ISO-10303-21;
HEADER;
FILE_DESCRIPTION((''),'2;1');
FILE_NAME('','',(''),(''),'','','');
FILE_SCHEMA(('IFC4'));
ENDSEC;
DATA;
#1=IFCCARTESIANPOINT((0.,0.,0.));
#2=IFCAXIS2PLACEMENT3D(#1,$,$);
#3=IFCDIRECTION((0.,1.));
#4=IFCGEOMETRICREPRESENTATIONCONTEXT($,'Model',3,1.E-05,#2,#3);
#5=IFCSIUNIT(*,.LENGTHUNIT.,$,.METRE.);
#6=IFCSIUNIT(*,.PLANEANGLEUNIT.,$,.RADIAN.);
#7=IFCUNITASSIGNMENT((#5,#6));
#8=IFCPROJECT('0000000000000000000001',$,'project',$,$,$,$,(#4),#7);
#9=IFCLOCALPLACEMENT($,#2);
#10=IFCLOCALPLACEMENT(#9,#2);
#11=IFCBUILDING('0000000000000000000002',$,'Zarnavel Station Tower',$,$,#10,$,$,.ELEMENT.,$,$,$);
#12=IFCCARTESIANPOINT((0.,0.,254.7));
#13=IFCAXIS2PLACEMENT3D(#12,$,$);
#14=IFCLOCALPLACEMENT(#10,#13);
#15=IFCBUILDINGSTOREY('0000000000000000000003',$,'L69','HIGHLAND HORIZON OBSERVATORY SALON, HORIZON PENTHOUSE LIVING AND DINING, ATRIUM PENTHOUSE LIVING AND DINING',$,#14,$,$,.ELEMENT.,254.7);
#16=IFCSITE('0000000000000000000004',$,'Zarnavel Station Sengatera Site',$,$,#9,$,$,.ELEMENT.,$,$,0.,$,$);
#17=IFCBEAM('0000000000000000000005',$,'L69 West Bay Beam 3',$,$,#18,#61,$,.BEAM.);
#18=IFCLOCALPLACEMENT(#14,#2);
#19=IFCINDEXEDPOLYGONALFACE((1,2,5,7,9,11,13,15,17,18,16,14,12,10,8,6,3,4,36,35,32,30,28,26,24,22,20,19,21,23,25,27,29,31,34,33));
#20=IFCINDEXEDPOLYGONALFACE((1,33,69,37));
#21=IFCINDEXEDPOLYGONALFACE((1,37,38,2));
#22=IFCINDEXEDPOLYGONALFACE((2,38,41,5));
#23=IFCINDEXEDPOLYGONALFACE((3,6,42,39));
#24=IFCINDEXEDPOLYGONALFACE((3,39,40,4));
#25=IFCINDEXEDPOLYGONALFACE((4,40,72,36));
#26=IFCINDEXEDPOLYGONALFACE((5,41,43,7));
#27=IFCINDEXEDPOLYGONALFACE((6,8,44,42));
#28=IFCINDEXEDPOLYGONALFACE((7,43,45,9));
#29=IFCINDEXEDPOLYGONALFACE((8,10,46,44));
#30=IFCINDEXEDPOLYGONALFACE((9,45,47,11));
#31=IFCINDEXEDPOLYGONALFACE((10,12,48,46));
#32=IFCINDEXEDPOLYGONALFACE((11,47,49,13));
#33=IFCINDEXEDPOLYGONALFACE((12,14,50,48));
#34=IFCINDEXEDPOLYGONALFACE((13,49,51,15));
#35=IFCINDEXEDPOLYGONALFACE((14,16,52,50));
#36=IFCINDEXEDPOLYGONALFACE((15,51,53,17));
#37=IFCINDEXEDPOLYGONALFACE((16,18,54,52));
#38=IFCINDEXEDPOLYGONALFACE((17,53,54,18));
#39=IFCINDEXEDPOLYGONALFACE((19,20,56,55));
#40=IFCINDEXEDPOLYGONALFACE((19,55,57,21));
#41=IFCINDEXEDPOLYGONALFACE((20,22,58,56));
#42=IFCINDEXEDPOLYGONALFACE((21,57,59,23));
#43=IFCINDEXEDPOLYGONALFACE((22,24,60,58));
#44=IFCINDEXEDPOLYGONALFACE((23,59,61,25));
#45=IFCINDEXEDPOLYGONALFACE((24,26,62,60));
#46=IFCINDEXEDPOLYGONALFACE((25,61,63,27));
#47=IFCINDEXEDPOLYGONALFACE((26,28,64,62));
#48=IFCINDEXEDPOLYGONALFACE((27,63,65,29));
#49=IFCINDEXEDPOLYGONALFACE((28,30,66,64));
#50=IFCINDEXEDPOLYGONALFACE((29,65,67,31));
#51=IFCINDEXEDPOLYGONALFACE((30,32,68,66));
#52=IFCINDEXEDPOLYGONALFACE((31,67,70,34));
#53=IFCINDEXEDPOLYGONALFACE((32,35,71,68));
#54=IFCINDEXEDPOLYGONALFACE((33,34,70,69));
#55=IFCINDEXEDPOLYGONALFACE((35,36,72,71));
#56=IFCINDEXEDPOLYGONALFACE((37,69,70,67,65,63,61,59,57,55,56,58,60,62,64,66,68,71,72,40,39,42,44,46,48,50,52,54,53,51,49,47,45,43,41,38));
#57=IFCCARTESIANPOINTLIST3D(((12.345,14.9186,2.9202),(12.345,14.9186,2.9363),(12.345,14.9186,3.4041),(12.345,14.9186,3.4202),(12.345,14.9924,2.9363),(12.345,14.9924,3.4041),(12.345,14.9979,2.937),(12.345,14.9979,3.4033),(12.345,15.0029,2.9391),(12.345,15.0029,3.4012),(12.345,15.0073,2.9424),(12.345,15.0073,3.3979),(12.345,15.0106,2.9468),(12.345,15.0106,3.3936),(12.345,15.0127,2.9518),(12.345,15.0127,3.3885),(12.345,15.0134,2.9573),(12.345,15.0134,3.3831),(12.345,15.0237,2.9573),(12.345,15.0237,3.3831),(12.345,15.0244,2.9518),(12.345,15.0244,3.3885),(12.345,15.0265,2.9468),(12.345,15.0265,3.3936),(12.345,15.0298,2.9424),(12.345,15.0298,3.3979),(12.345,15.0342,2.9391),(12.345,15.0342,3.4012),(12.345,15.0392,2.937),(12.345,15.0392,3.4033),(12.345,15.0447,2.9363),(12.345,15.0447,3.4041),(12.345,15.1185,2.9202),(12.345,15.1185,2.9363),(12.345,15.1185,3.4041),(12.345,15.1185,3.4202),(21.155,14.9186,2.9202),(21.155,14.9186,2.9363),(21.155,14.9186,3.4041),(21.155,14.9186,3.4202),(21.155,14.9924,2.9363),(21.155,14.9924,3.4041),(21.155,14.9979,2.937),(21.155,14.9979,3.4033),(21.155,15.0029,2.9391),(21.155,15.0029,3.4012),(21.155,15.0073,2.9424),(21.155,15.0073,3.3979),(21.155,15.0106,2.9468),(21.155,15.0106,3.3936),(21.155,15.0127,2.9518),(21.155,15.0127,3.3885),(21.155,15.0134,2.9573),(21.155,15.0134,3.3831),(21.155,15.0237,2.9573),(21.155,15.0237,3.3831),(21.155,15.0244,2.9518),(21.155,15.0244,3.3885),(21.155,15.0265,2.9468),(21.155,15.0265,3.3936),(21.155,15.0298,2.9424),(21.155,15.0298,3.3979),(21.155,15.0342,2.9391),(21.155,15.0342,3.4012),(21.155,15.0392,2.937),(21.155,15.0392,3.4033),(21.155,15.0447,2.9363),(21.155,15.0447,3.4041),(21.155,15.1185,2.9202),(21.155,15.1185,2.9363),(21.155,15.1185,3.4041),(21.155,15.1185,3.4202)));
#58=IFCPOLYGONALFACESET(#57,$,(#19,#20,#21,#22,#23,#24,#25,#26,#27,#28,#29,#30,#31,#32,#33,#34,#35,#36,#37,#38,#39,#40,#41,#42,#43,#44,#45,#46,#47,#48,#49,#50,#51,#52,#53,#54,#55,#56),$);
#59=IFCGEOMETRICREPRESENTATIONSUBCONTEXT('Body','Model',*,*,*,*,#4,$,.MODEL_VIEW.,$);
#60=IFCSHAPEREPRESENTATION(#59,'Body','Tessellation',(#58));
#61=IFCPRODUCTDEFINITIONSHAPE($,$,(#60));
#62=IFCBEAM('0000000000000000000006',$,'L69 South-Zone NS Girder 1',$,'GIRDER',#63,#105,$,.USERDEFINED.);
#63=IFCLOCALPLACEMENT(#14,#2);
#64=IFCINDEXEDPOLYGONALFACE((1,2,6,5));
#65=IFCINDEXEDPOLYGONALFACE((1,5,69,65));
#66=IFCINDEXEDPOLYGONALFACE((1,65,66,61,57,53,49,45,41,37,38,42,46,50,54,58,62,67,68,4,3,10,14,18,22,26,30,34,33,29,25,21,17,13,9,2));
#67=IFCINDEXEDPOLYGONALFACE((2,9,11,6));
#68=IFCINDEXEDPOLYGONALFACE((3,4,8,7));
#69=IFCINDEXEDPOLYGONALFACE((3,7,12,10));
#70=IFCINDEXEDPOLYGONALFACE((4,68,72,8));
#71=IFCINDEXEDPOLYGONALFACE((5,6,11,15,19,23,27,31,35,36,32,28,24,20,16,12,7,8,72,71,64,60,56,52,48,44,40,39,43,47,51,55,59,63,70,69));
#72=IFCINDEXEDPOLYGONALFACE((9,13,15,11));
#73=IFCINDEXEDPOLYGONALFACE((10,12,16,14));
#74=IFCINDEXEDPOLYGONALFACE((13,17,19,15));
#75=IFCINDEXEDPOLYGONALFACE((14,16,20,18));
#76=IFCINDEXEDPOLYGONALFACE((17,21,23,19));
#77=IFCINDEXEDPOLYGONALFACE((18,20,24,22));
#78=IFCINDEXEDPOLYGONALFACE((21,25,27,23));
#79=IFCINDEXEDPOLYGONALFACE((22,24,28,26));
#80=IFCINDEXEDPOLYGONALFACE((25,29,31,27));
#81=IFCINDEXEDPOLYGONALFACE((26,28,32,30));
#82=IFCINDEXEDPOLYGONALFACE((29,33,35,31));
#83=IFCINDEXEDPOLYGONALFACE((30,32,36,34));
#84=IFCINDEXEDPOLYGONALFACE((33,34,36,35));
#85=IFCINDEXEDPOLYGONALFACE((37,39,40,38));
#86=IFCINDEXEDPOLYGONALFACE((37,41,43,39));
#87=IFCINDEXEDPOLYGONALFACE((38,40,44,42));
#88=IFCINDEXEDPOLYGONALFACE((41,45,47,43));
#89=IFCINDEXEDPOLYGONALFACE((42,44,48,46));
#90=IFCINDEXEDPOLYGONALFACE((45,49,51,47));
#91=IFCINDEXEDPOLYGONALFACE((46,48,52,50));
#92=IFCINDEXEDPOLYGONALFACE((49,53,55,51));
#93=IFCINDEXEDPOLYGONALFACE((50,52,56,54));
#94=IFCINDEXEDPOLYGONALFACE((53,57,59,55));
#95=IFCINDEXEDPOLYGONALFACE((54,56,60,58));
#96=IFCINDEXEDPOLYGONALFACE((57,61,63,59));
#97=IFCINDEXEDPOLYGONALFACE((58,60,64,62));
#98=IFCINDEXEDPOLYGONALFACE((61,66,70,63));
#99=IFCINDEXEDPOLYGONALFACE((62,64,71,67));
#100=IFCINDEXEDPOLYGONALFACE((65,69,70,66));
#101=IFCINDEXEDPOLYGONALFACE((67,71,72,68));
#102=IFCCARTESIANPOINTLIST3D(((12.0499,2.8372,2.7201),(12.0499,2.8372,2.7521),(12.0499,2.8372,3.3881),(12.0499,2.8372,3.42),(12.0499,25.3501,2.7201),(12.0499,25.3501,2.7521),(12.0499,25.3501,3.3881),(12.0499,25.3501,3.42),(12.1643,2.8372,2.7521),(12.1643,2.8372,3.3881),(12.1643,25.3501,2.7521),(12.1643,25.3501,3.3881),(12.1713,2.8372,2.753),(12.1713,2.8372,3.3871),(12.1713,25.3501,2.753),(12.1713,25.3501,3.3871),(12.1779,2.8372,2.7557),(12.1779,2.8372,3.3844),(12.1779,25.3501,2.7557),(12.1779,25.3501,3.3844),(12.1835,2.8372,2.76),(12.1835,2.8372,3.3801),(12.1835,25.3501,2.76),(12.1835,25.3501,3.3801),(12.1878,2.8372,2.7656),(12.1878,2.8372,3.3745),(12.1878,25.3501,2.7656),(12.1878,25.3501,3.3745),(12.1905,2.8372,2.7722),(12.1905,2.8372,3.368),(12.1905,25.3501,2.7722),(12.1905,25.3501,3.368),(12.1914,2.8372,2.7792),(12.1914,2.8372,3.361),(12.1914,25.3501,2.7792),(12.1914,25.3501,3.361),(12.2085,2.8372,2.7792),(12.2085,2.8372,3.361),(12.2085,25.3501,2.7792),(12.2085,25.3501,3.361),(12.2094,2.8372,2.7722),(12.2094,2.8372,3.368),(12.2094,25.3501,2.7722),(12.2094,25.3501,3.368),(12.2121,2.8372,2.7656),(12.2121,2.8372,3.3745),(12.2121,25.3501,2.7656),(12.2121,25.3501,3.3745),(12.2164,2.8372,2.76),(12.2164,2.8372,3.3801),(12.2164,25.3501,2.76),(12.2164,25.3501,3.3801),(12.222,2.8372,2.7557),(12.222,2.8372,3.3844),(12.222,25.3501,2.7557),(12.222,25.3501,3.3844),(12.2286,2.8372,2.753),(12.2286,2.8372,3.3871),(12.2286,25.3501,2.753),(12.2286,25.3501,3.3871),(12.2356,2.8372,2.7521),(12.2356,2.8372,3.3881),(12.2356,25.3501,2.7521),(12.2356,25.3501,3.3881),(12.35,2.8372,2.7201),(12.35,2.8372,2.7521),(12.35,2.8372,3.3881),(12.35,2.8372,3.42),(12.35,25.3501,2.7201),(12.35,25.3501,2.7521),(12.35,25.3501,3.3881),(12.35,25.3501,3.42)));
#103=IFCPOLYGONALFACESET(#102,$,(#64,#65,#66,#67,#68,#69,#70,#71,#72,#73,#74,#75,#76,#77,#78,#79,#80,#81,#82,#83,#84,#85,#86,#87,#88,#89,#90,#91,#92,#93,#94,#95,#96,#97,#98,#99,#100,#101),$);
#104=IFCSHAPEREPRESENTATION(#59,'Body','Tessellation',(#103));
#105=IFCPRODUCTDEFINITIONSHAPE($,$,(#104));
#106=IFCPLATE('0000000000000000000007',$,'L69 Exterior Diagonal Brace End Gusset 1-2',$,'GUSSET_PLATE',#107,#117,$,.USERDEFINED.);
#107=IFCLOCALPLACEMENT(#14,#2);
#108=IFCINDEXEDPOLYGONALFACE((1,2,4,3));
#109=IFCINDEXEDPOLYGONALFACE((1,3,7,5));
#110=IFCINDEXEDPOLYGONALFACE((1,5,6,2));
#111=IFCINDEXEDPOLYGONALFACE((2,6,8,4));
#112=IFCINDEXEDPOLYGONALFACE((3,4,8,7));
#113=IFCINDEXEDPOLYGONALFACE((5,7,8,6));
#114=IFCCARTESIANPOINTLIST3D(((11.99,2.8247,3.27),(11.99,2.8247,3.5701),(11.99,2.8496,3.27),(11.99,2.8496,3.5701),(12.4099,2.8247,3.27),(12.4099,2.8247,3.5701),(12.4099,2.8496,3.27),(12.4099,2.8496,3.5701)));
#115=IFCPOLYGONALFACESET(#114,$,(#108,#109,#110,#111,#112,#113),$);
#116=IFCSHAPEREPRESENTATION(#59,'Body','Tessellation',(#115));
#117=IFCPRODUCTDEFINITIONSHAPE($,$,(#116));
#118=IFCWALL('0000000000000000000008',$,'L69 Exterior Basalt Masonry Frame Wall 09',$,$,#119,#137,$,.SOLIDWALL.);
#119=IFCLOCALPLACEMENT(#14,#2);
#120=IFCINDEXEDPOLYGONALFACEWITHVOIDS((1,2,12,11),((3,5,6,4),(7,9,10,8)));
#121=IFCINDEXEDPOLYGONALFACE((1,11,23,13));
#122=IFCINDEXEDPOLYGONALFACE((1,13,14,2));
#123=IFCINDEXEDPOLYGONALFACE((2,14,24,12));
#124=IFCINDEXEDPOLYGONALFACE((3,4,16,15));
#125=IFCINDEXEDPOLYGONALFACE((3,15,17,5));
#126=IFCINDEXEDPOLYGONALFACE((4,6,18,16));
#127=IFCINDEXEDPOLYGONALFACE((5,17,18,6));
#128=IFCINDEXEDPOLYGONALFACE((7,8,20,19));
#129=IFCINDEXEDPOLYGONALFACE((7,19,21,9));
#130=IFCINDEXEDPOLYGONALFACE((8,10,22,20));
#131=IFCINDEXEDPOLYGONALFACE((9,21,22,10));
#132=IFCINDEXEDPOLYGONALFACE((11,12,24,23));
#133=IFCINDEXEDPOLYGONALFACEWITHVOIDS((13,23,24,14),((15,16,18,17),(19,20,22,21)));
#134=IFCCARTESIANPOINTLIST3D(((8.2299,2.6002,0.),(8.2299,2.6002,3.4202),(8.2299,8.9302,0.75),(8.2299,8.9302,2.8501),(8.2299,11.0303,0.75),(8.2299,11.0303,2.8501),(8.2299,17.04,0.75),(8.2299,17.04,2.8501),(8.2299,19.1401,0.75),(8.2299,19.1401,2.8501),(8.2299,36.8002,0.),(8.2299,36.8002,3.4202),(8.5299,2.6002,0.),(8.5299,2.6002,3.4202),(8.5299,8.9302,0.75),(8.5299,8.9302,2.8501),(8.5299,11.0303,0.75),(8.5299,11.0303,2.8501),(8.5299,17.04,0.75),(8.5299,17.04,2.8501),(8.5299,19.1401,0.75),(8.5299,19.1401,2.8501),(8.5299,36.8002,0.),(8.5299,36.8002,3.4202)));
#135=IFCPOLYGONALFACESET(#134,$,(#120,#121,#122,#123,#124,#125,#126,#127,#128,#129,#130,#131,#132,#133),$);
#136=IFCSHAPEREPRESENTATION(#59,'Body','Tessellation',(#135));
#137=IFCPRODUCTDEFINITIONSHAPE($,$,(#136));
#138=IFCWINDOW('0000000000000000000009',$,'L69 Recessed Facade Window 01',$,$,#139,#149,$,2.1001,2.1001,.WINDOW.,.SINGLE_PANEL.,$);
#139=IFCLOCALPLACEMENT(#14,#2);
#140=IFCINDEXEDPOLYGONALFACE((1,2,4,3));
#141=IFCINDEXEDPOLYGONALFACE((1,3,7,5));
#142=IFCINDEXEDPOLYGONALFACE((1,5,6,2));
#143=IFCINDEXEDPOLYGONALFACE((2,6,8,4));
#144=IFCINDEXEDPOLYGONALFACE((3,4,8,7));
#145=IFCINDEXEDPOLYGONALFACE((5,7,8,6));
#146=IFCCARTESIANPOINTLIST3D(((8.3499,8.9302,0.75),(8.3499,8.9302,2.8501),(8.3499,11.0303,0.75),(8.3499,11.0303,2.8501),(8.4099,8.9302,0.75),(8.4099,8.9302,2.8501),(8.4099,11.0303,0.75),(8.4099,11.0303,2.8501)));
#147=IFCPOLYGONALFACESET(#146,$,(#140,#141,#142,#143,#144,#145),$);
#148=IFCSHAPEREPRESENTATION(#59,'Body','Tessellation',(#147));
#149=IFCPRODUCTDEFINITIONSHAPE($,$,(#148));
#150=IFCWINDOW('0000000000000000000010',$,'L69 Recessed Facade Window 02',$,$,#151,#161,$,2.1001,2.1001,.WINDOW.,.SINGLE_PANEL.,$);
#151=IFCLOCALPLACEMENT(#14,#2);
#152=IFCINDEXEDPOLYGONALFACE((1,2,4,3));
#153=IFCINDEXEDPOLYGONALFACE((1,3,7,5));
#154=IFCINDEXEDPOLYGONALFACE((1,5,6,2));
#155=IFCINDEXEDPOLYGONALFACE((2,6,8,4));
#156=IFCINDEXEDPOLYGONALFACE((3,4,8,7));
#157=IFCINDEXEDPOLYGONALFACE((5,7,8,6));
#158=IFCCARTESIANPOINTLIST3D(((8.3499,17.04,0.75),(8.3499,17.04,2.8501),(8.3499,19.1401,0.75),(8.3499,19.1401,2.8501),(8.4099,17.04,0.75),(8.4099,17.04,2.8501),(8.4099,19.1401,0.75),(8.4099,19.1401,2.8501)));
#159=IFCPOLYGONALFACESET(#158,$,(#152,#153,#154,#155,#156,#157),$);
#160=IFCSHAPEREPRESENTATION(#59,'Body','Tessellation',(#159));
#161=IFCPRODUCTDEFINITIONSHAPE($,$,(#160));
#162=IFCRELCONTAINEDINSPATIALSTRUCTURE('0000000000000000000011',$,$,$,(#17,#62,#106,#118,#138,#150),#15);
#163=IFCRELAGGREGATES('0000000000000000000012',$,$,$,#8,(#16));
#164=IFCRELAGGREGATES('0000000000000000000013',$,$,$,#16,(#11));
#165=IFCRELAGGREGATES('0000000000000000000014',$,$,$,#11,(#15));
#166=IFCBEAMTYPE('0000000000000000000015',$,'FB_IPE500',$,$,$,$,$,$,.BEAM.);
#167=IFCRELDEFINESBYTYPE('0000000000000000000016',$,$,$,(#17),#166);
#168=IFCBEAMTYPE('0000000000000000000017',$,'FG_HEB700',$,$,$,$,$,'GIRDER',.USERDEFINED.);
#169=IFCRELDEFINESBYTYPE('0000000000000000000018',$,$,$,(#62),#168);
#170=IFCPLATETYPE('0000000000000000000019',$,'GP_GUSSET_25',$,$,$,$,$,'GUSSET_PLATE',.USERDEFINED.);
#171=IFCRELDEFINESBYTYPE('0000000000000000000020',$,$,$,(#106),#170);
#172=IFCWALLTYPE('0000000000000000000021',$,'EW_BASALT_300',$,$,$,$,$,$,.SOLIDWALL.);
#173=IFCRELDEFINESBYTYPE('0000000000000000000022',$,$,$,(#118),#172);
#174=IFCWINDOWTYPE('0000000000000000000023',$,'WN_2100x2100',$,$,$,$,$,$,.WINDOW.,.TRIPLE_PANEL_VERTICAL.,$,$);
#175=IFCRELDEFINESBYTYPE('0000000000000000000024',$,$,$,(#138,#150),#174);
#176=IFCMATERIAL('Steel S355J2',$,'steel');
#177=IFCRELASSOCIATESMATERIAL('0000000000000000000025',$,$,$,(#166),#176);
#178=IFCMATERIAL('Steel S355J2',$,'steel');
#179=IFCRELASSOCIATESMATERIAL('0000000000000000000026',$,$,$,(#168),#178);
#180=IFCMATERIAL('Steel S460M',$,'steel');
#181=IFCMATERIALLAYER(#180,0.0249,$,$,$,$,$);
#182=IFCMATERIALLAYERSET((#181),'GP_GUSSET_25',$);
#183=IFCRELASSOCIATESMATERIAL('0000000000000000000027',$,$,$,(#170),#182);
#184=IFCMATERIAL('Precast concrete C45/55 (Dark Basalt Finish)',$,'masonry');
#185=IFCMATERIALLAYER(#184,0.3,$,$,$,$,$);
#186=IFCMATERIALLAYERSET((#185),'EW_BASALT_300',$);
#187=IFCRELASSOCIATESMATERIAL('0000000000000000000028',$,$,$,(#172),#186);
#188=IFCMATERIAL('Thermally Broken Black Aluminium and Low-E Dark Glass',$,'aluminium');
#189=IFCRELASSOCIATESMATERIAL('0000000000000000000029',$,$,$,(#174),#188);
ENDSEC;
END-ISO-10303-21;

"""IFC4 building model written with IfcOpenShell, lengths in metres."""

from ifc_helpers import new_model, si_unit, direction, frame, frame_2d, origin, origin_2d, place, context, subcontext, project, spatial, rectangle, i_section, extrude, material, layer, layer_set, material_profile, profile_set, type_object, element, fill, save


model = new_model("IFC4")

# Units and contexts
model_context = context("Model", 3, precision=1e-05, world=origin(), true_north=direction((0.0, 1.0)))
body_context = subcontext(model_context, "Body", "Model", "MODEL_VIEW")
ifc_project = project(units=[si_unit("LENGTHUNIT", "METRE"), si_unit("PLANEANGLEUNIT", "RADIAN")], contexts=[model_context])

# Site, building, storey
site_placement = place(None, origin())
site = spatial("IfcSite", under=ifc_project, at=site_placement, Name="Zarnavel Station Sengatera Site", CompositionType="ELEMENT", RefElevation=0.0)
building_placement = place(site_placement, origin())
building = spatial("IfcBuilding", under=site, at=building_placement, Name="Zarnavel Station Tower", CompositionType="ELEMENT")
storey_placement = place(building_placement, frame((0.0, 0.0, 254.7)))
storey = spatial("IfcBuildingStorey", under=building, at=storey_placement, Name="L69", Description="HIGHLAND HORIZON OBSERVATORY SALON, HORIZON PENTHOUSE LIVING AND DINING, ATRIUM PENTHOUSE LIVING AND DINING", CompositionType="ELEMENT", Elevation=254.7)

# Beams
ifc_material_1 = material(Name="Steel S355J2", Category="steel")
ifc_material_profile_1 = material_profile(ifc_material_1, i_section(OverallWidth=0.2, OverallDepth=0.5, WebThickness=0.0103, FlangeThickness=0.0161, FilletRadius=0.021, at=origin_2d()), Name="IPE500")
ifc_profile_set_1 = profile_set([ifc_material_profile_1], Name="Steel S355J2")
beam_type_1 = type_object("IfcBeamType", Name="FB_IPE500", PredefinedType="BEAM", material=ifc_profile_set_1)
for number, where, z_axis, x_axis, name in (
    (1, (12.345, 15.0186, 3.1702), (1.0, 0.0, 0.0), (0.0, 1.0, 0.0), "L69 West Bay Beam 3"),
):
    element("IfcBeam", number, at=place(storey_placement, frame(where, z_axis=z_axis, x_axis=x_axis)), inside=storey, type_object=beam_type_1, Name=name, PredefinedType="BEAM", context=body_context, shape_type="SweptSolid", body=[
        extrude(i_section(OverallWidth=0.2, OverallDepth=0.5, WebThickness=0.0103, FlangeThickness=0.0161, FilletRadius=0.021, at=origin_2d()), origin(), (0.0, 0.0, 1.0), 8.8101),
    ])
ifc_material_2 = material(Name="Steel S355J2", Category="steel")
ifc_material_profile_2 = material_profile(ifc_material_2, i_section(OverallWidth=0.3, OverallDepth=0.7, WebThickness=0.0171, FlangeThickness=0.032, FilletRadius=0.0271, at=origin_2d()), Name="HEB700")
ifc_profile_set_2 = profile_set([ifc_material_profile_2], Name="Steel S355J2")
beam_type_2 = type_object("IfcBeamType", Name="FG_HEB700", ElementType="GIRDER", PredefinedType="USERDEFINED", material=ifc_profile_set_2)
beam_1_placement = place(storey_placement, frame((12.2, 2.8372, 3.0701), z_axis=(0.0, 1.0, 0.0), x_axis=(-1.0, 0.0, 0.0)))
element("IfcBeam", 2, at=beam_1_placement, inside=storey, type_object=beam_type_2, Name="L69 South-Zone NS Girder 1", ObjectType="GIRDER", PredefinedType="USERDEFINED", context=body_context, shape_type="SweptSolid", body=[
    extrude(i_section(OverallWidth=0.3, OverallDepth=0.7, WebThickness=0.0171, FlangeThickness=0.032, FilletRadius=0.0271, at=origin_2d()), origin(), (0.0, 0.0, 1.0), 22.5129),
])

# Plate
ifc_material_3 = material(Name="Steel S460M", Category="steel")
ifc_layer_1 = layer(ifc_material_3, 0.0249)
ifc_layer_set_1 = layer_set([ifc_layer_1], Name="GP_GUSSET_25")
plate_type = type_object("IfcPlateType", Name="GP_GUSSET_25", ElementType="GUSSET_PLATE", PredefinedType="USERDEFINED", material=ifc_layer_set_1)
plate_placement = place(storey_placement, frame((12.2, 2.8372, 3.27), z_axis=(0.0, 0.0, 1.0), x_axis=(1.0, 0.0, 0.0)))
element("IfcPlate", 3, at=plate_placement, inside=storey, type_object=plate_type, Name="L69 Exterior Diagonal Brace End Gusset 1-2", ObjectType="GUSSET_PLATE", PredefinedType="USERDEFINED", context=body_context, shape_type="SweptSolid", body=[
    extrude(rectangle(XDim=0.4199, YDim=0.0249, at=origin_2d()), origin(), (0.0, 0.0, 1.0), 0.3),
])

# Wall, openings, windows
ifc_material_4 = material(Name="Precast concrete C45/55 (Dark Basalt Finish)", Category="masonry")
ifc_layer_2 = layer(ifc_material_4, 0.3)
ifc_layer_set_2 = layer_set([ifc_layer_2], Name="EW_BASALT_300")
wall_type_1 = type_object("IfcWallType", Name="EW_BASALT_300", PredefinedType="SOLIDWALL", material=ifc_layer_set_2)
wall_1_placement = place(storey_placement, frame((8.3799, 2.6001, 0.0), z_axis=(0.0, 0.0, 1.0), x_axis=(0.0, 1.0, 0.0)))
wall_1 = element("IfcWall", 4, at=wall_1_placement, inside=storey, type_object=wall_type_1, Name="L69 Exterior Basalt Masonry Frame Wall 09", PredefinedType="SOLIDWALL", context=body_context, shape_type="SweptSolid", body=[
    extrude(rectangle(XDim=34.2, YDim=0.3, at=frame_2d((17.1001, 0.0))), origin(), (0.0, 0.0, 1.0), 3.4202),
])
opening_1_placement = place(wall_1_placement, frame((6.3301, 0.0, 0.75)))
opening_1 = element("IfcOpeningElement", 5, at=opening_1_placement, cuts=wall_1, PredefinedType="OPENING", context=body_context, shape_type="SweptSolid", body=[
    extrude(rectangle(XDim=2.1001, YDim=2.1001, at=frame_2d((1.05, 1.05))), frame((0.0, 0.1599, 0.0), z_axis=(0.0, -1.0, 0.0), x_axis=(1.0, 0.0, 0.0)), (0.0, 0.0, 1.0), 0.3201),
])
opening_2_placement = place(wall_1_placement, frame((14.4399, 0.0, 0.75)))
opening_2 = element("IfcOpeningElement", 6, at=opening_2_placement, cuts=wall_1, PredefinedType="OPENING", context=body_context, shape_type="SweptSolid", body=[
    extrude(rectangle(XDim=2.1001, YDim=2.1001, at=frame_2d((1.05, 1.05))), frame((0.0, 0.1599, 0.0), z_axis=(0.0, -1.0, 0.0), x_axis=(1.0, 0.0, 0.0)), (0.0, 0.0, 1.0), 0.3201),
])
ifc_material_5 = material(Name="Thermally Broken Black Aluminium and Low-E Dark Glass", Category="aluminium")
window_type = type_object("IfcWindowType", Name="WN_2100x2100", PartitioningType="TRIPLE_PANEL_VERTICAL", PredefinedType="WINDOW", material=ifc_material_5)
window_1_placement = place(opening_1_placement, origin())
window_1 = element("IfcWindow", 7, at=window_1_placement, inside=storey, type_object=window_type, Name="L69 Recessed Facade Window 01", OverallHeight=2.1001, OverallWidth=2.1001, PartitioningType="SINGLE_PANEL", PredefinedType="WINDOW", context=body_context, shape_type="SweptSolid", body=[
    extrude(rectangle(XDim=2.1001, YDim=2.1001, at=frame_2d((1.05, 1.05))), frame((0.0, 0.03, 0.0), z_axis=(0.0, -1.0, 0.0), x_axis=(1.0, 0.0, 0.0)), (0.0, 0.0, 1.0), 0.0601),
])
fill(opening_1, window_1)
window_2_placement = place(opening_2_placement, origin())
window_2 = element("IfcWindow", 8, at=window_2_placement, inside=storey, type_object=window_type, Name="L69 Recessed Facade Window 02", OverallHeight=2.1001, OverallWidth=2.1001, PartitioningType="SINGLE_PANEL", PredefinedType="WINDOW", context=body_context, shape_type="SweptSolid", body=[
    extrude(rectangle(XDim=2.1001, YDim=2.1001, at=frame_2d((1.05, 1.05))), frame((0.0, 0.03, 0.0), z_axis=(0.0, -1.0, 0.0), x_axis=(1.0, 0.0, 0.0)), (0.0, 0.0, 1.0), 0.0601),
])
fill(opening_2, window_2)

save(model, "model.ifc")
